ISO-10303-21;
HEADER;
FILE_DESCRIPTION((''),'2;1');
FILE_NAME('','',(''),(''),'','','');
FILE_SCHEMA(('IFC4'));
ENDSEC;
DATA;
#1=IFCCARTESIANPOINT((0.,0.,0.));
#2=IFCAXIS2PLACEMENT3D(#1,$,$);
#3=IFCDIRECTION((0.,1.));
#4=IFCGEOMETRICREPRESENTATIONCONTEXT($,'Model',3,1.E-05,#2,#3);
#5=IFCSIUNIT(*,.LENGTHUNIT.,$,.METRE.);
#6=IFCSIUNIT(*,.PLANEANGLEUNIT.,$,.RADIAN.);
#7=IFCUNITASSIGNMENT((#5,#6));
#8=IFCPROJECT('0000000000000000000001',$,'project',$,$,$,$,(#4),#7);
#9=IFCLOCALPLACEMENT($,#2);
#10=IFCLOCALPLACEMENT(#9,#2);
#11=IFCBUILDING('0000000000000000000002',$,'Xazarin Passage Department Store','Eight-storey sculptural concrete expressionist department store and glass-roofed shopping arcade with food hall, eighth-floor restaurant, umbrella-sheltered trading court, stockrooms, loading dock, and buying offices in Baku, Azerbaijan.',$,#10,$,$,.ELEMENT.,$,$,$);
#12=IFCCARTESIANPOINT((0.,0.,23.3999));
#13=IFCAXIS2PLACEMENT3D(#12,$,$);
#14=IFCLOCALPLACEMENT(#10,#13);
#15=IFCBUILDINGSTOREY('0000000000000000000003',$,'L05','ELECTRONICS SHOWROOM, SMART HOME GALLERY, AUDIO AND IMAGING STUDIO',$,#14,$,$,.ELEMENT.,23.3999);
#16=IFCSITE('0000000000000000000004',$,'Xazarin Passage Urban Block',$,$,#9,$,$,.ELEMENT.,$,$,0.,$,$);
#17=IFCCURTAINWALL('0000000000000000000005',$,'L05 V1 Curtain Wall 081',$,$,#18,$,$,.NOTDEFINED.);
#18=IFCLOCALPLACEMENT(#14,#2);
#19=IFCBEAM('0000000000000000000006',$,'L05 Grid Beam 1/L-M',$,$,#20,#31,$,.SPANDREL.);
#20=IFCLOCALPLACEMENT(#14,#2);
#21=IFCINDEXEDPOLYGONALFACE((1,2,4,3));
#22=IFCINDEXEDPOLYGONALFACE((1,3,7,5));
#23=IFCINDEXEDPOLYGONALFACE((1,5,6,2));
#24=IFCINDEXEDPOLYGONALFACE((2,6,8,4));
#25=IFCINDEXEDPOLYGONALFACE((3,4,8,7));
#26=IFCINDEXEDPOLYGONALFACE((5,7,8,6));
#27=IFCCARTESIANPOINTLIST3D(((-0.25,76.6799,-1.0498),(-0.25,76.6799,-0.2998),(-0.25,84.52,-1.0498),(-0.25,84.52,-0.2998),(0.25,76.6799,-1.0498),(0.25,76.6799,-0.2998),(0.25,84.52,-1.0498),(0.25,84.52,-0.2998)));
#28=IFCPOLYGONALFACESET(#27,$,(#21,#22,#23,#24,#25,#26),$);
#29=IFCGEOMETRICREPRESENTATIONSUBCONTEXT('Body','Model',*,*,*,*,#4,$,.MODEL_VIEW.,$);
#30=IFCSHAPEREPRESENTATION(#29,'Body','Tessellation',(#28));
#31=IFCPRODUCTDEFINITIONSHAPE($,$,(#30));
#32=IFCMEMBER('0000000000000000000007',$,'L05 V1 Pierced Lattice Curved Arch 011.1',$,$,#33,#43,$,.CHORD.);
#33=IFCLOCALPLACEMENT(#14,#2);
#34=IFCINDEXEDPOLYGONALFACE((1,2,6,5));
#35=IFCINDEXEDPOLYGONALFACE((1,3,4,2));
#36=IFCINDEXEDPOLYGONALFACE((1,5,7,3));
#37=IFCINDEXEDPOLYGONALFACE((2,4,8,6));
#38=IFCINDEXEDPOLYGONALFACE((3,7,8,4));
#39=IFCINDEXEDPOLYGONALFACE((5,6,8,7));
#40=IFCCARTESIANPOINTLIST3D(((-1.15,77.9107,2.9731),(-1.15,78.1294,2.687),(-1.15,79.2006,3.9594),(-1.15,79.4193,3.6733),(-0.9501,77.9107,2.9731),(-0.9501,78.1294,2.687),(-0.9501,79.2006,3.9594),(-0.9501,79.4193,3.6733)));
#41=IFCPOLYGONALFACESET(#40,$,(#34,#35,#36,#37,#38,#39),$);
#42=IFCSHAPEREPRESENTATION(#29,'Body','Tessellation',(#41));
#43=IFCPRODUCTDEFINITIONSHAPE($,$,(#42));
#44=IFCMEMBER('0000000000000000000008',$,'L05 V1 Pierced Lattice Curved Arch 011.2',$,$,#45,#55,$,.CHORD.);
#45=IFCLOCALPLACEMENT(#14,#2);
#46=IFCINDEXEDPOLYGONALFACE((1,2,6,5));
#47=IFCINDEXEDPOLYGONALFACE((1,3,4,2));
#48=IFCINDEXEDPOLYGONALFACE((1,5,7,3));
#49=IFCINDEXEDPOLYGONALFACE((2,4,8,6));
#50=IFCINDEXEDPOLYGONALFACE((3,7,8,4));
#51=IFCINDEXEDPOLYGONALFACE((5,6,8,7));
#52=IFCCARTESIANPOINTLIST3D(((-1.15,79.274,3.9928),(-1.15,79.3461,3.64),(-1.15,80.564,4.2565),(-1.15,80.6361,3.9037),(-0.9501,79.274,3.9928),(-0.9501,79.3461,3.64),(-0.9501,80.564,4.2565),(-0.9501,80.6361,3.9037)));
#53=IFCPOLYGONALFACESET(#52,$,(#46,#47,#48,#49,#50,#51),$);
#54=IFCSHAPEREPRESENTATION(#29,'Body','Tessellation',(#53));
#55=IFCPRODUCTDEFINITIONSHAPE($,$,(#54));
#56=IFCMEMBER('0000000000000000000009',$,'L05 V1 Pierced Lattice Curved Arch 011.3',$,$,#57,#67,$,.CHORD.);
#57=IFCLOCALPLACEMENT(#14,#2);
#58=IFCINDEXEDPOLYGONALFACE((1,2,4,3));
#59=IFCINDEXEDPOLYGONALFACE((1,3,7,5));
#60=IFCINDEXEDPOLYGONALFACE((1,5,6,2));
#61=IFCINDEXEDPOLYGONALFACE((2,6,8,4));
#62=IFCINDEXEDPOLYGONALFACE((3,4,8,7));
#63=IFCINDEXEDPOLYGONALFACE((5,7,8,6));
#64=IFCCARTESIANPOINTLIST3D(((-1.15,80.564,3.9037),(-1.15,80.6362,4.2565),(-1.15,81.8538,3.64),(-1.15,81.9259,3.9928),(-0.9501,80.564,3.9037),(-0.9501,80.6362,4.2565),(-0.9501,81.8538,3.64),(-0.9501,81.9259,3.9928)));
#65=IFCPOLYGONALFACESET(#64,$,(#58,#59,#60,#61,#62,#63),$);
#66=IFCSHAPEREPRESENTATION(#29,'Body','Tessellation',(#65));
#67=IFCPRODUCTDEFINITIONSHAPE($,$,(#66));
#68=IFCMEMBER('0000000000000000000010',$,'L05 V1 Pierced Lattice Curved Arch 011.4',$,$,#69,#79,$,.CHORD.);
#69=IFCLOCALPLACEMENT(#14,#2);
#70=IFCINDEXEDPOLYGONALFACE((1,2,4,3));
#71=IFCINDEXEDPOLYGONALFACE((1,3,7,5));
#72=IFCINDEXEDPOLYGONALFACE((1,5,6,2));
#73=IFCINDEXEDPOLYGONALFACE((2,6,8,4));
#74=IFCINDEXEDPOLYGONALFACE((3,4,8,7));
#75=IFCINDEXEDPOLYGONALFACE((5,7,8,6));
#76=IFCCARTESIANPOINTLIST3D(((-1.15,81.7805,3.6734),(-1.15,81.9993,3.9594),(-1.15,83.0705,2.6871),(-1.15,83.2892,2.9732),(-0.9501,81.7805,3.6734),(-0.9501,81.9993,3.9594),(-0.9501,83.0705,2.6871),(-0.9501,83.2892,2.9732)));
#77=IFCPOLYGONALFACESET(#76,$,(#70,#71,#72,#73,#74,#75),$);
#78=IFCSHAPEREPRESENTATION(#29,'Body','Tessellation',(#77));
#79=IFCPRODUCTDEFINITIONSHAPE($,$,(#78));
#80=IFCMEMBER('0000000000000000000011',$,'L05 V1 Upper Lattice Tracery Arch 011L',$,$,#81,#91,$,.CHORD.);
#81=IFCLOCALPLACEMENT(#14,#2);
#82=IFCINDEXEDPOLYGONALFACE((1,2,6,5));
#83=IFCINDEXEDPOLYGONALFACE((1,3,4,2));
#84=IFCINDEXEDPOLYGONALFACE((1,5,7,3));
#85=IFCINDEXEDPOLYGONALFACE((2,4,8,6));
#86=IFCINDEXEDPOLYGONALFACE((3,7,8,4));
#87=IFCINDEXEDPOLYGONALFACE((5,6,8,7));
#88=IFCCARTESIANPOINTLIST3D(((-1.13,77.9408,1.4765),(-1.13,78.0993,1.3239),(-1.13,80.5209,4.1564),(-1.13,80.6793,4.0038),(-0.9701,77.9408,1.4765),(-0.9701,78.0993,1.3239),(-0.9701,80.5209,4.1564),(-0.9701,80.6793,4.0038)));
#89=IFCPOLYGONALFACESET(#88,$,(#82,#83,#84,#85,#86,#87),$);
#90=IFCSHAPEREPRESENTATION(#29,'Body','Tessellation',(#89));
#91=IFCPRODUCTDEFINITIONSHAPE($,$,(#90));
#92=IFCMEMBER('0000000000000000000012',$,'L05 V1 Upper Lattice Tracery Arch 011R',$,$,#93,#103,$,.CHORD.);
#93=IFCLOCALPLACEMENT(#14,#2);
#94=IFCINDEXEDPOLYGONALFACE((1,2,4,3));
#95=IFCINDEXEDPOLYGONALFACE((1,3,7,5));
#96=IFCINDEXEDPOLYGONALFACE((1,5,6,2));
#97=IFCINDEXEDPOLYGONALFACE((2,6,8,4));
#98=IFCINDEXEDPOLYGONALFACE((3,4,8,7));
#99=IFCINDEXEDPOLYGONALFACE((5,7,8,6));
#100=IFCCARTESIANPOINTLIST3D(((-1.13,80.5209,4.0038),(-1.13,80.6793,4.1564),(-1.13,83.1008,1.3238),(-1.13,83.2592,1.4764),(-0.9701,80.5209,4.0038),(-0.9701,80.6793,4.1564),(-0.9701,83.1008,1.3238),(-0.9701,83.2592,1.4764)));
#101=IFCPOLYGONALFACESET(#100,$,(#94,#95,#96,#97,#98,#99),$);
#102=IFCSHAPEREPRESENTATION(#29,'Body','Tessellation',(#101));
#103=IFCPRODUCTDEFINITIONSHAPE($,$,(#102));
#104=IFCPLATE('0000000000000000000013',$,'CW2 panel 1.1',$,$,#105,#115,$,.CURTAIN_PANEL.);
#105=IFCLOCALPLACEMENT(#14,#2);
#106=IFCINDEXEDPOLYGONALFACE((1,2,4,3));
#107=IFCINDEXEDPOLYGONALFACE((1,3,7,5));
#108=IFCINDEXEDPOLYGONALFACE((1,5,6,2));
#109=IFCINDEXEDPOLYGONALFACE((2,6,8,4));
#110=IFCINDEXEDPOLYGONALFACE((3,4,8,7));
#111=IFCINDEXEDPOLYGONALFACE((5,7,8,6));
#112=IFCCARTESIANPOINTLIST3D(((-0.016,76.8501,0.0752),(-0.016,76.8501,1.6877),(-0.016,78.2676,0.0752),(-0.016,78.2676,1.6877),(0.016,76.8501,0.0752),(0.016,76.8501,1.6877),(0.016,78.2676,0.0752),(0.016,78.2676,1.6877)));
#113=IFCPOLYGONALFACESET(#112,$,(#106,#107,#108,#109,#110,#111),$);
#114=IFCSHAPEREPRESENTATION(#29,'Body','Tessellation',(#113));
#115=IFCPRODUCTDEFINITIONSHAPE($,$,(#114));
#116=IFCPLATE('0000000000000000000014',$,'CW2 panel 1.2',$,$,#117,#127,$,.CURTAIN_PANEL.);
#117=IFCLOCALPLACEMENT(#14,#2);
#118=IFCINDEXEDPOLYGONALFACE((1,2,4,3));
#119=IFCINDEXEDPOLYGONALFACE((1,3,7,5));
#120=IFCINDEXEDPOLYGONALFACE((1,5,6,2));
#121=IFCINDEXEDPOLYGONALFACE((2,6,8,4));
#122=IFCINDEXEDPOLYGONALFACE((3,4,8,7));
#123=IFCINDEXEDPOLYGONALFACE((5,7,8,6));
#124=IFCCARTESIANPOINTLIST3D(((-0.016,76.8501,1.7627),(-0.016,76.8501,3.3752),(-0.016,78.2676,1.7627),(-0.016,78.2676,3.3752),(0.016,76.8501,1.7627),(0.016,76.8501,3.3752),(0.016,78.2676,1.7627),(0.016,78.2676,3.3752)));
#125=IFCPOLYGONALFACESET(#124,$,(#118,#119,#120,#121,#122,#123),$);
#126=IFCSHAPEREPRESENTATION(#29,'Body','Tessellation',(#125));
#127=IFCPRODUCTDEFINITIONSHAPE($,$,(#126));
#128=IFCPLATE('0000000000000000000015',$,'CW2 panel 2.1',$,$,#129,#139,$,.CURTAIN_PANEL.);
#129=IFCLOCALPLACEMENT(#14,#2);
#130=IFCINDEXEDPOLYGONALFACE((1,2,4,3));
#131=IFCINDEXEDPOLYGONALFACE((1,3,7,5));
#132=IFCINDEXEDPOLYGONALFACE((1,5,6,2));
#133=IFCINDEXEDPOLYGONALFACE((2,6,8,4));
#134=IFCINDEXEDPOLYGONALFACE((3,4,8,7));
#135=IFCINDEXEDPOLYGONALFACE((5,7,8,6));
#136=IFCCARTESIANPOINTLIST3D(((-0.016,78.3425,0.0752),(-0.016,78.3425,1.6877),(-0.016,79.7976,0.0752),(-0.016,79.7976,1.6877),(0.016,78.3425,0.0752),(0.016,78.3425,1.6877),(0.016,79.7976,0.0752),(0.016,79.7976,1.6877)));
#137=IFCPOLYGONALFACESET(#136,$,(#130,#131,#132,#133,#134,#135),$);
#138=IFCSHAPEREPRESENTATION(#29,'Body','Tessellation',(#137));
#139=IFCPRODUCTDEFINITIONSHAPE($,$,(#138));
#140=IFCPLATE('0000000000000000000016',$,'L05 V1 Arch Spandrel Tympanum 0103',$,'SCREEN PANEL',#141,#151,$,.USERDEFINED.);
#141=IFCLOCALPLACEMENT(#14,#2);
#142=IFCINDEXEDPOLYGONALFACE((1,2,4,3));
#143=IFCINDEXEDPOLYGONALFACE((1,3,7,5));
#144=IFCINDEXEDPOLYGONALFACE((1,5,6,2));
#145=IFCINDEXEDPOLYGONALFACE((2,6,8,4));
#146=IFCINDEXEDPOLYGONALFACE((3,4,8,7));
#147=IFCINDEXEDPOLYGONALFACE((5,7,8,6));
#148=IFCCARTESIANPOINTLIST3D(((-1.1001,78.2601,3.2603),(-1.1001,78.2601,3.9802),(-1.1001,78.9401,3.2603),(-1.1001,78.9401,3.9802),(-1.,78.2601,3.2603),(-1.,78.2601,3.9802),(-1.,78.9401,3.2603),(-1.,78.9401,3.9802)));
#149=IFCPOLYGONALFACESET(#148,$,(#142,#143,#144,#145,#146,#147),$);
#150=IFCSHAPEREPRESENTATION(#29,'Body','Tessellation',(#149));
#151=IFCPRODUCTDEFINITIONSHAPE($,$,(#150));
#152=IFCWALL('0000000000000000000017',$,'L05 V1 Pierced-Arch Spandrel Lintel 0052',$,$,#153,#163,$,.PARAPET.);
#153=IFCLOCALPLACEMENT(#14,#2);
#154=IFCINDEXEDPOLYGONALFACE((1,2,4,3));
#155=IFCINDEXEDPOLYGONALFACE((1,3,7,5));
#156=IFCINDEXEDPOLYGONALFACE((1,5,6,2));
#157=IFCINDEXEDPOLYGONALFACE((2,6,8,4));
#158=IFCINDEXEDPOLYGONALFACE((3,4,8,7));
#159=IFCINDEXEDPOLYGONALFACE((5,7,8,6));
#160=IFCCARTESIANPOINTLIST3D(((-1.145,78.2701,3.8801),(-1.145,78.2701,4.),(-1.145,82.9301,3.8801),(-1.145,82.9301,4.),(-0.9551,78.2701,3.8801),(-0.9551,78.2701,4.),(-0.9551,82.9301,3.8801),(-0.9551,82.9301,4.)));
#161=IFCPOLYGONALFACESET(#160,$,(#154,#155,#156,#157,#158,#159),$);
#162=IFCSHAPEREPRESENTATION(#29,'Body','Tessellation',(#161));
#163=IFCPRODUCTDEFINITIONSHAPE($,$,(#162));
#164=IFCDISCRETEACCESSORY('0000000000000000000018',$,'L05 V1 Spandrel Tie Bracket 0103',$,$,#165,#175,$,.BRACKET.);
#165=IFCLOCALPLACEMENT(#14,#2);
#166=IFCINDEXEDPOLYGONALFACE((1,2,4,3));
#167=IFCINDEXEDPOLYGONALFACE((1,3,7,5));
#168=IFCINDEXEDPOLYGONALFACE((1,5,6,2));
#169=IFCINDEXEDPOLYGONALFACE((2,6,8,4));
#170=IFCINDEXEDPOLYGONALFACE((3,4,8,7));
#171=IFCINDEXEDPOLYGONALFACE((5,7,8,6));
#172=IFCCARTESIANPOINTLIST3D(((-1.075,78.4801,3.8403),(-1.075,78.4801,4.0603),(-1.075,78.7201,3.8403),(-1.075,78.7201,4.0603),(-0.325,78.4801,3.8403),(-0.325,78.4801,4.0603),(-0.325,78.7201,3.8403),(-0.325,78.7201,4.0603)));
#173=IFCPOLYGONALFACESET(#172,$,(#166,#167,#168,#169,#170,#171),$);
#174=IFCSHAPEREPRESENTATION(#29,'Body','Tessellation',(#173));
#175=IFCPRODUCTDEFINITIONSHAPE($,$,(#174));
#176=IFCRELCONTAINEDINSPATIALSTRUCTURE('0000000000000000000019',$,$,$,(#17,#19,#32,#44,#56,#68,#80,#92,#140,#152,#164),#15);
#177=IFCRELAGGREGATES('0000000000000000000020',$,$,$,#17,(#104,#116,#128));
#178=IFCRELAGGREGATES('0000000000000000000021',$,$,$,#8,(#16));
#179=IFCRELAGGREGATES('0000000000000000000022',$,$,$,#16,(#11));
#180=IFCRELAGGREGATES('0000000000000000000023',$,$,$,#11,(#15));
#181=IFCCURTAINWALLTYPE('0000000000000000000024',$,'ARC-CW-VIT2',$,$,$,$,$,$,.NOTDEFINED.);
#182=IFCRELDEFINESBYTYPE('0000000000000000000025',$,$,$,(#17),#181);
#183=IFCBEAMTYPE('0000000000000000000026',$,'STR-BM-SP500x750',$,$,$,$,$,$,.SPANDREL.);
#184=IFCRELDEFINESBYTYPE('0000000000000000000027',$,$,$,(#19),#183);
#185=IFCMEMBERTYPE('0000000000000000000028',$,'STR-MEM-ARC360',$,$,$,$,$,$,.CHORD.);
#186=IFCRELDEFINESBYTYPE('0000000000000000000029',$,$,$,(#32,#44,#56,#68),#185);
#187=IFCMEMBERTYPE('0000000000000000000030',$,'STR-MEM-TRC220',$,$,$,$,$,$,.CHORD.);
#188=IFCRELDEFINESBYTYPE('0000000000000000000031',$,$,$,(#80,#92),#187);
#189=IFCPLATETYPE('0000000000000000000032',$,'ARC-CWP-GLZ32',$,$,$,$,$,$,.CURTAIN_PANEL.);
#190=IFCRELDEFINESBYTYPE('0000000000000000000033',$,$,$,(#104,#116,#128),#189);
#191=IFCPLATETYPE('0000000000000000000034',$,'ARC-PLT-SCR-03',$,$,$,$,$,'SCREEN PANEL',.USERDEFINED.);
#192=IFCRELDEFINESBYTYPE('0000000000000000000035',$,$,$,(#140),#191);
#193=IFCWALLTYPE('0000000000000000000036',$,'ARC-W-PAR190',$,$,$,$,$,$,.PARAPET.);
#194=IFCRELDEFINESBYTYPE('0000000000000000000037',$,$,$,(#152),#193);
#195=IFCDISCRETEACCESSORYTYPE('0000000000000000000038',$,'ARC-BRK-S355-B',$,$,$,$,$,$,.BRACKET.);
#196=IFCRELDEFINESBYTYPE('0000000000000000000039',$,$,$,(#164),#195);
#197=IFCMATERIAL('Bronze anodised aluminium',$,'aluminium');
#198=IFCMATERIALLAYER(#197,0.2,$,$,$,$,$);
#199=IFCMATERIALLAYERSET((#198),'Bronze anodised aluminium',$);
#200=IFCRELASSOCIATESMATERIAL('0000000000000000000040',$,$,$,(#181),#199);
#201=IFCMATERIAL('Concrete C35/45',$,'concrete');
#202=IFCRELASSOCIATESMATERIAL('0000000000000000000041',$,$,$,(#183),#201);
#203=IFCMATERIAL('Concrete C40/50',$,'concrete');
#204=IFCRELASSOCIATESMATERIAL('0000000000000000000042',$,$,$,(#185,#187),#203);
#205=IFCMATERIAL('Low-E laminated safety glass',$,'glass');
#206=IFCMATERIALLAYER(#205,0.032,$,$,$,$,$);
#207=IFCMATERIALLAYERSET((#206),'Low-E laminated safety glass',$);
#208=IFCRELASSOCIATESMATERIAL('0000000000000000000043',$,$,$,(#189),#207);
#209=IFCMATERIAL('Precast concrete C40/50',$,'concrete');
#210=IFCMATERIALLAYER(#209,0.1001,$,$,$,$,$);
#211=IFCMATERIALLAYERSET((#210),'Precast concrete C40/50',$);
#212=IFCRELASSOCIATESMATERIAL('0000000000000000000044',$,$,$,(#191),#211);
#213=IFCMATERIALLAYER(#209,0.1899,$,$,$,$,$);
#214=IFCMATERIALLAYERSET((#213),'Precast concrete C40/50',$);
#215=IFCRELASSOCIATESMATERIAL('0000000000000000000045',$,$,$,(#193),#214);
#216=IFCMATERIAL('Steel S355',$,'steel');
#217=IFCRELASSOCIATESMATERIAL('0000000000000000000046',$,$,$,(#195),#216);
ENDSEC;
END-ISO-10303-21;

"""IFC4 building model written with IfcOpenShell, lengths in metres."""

from ifc_helpers import new_model, si_unit, direction, frame, frame_2d, origin, origin_2d, place, context, subcontext, project, spatial, rectangle, extrude, material, layer, layer_set, material_profile, profile_set, type_object, element, aggregate, save


model = new_model("IFC4")

# Units and contexts
model_context = context("Model", 3, precision=1e-05, world=origin(), true_north=direction((0.0, 1.0)))
body_context = subcontext(model_context, "Body", "Model", "MODEL_VIEW")
ifc_project = project(units=[si_unit("LENGTHUNIT", "METRE"), si_unit("PLANEANGLEUNIT", "RADIAN")], contexts=[model_context])

# Site, building, storey
site_placement = place(None, origin())
site = spatial("IfcSite", under=ifc_project, at=site_placement, Name="Xazarin Passage Urban Block", CompositionType="ELEMENT", RefElevation=0.0)
building_placement = place(site_placement, origin())
building = spatial("IfcBuilding", under=site, at=building_placement, Name="Xazarin Passage Department Store", Description="Eight-storey sculptural concrete expressionist department store and glass-roofed shopping arcade with food hall, eighth-floor restaurant, umbrella-sheltered trading court, stockrooms, loading dock, and buying offices in Baku, Azerbaijan.", CompositionType="ELEMENT")
storey_placement = place(building_placement, frame((0.0, 0.0, 23.3999)))
storey = spatial("IfcBuildingStorey", under=building, at=storey_placement, Name="L05", Description="ELECTRONICS SHOWROOM, SMART HOME GALLERY, AUDIO AND IMAGING STUDIO", CompositionType="ELEMENT", Elevation=23.3999)

# Shared definitions
ifc_material_1 = material(Name="Concrete C40/50", Category="concrete")

# Curtain wall
ifc_material_2 = material(Name="Bronze anodised aluminium", Category="aluminium")
ifc_layer_1 = layer(ifc_material_2, 0.2)
ifc_layer_set_1 = layer_set([ifc_layer_1], Name="Bronze anodised aluminium")
curtain_wall_type = type_object("IfcCurtainWallType", Name="ARC-CW-VIT2", PredefinedType="NOTDEFINED", material=ifc_layer_set_1)
curtain_wall_placement = place(storey_placement, origin())
curtain_wall = element("IfcCurtainWall", 1, at=curtain_wall_placement, inside=storey, type_object=curtain_wall_type, Name="L05 V1 Curtain Wall 081", PredefinedType="NOTDEFINED")

# Beam
ifc_material_3 = material(Name="Concrete C35/45", Category="concrete")
ifc_material_profile_1 = material_profile(ifc_material_3, rectangle(XDim=0.5, YDim=0.75, at=origin_2d()), Name="RC 500x750")
ifc_profile_set_1 = profile_set([ifc_material_profile_1], Name="Concrete C35/45")
beam_type_1 = type_object("IfcBeamType", Name="STR-BM-SP500x750", PredefinedType="SPANDREL", material=ifc_profile_set_1)
beam_1_placement = place(storey_placement, frame((0.0, 76.6799, -0.6748), z_axis=(0.0, 1.0, 0.0), x_axis=(-1.0, 0.0, 0.0)))
element("IfcBeam", 2, at=beam_1_placement, inside=storey, type_object=beam_type_1, Name="L05 Grid Beam 1/L-M", PredefinedType="SPANDREL", context=body_context, shape_type="SweptSolid", body=[
    extrude(rectangle(XDim=0.5, YDim=0.75, at=origin_2d()), origin(), (0.0, 0.0, 1.0), 7.8401),
])

# Members
ifc_material_profile_2 = material_profile(ifc_material_1, rectangle(XDim=0.2, YDim=0.3601, at=origin_2d()), Name="RC 200x360")
ifc_profile_set_2 = profile_set([ifc_material_profile_2], Name="Concrete C40/50")
member_type_1 = type_object("IfcMemberType", Name="STR-MEM-ARC360", PredefinedType="CHORD", material=ifc_profile_set_2)
member_1_placement = place(storey_placement, frame((-1.05, 78.02, 2.8301), z_axis=(0.0, 0.794409, 0.607383), x_axis=(-1.0, 0.0, 0.0)))
element("IfcMember", 3, at=member_1_placement, inside=storey, type_object=member_type_1, Name="L05 V1 Pierced Lattice Curved Arch 011.1", PredefinedType="CHORD", context=body_context, shape_type="SweptSolid", body=[
    extrude(rectangle(XDim=0.2, YDim=0.3601, at=origin_2d()), origin(), (0.0, 0.0, 1.0), 1.6238),
])
member_2_placement = place(storey_placement, frame((-1.05, 79.3101, 3.8164), z_axis=(0.0, 0.979745, 0.200251), x_axis=(-1.0, 0.0, 0.0)))
element("IfcMember", 4, at=member_2_placement, inside=storey, type_object=member_type_1, Name="L05 V1 Pierced Lattice Curved Arch 011.2", PredefinedType="CHORD", context=body_context, shape_type="SweptSolid", body=[
    extrude(rectangle(XDim=0.2, YDim=0.3601, at=origin_2d()), origin(), (0.0, 0.0, 1.0), 1.3167),
])
member_3_placement = place(storey_placement, frame((-1.05, 80.6001, 4.0801), z_axis=(0.0, 0.979737, -0.200287), x_axis=(-1.0, 0.0, 0.0)))
element("IfcMember", 5, at=member_3_placement, inside=storey, type_object=member_type_1, Name="L05 V1 Pierced Lattice Curved Arch 011.3", PredefinedType="CHORD", context=body_context, shape_type="SweptSolid", body=[
    extrude(rectangle(XDim=0.2, YDim=0.3601, at=origin_2d()), origin(), (0.0, 0.0, 1.0), 1.3164),
])
member_4_placement = place(storey_placement, frame((-1.05, 81.8899, 3.8164), z_axis=(0.0, 0.794409, -0.607383), x_axis=(-1.0, 0.0, 0.0)))
element("IfcMember", 6, at=member_4_placement, inside=storey, type_object=member_type_1, Name="L05 V1 Pierced Lattice Curved Arch 011.4", PredefinedType="CHORD", context=body_context, shape_type="SweptSolid", body=[
    extrude(rectangle(XDim=0.2, YDim=0.3601, at=origin_2d()), origin(), (0.0, 0.0, 1.0), 1.6238),
])
ifc_material_profile_3 = material_profile(ifc_material_1, rectangle(XDim=0.1599, YDim=0.22, at=origin_2d()), Name="RC 160x220")
ifc_profile_set_3 = profile_set([ifc_material_profile_3], Name="Concrete C40/50")
member_type_2 = type_object("IfcMemberType", Name="STR-MEM-TRC220", PredefinedType="CHORD", material=ifc_profile_set_3)
for number, where, z_axis, x_axis, name in (
    (7, (-1.05, 80.6001, 4.0801), (0.0, -0.693558, -0.7204), (1.0, 0.0, 0.0), "L05 V1 Upper Lattice Tracery Arch 011L"),
    (8, (-1.05, 80.6001, 4.0801), (0.0, 0.693524, -0.720433), (-1.0, 0.0, 0.0), "L05 V1 Upper Lattice Tracery Arch 011R"),
):
    element("IfcMember", number, at=place(storey_placement, frame(where, z_axis=z_axis, x_axis=x_axis)), inside=storey, type_object=member_type_2, Name=name, PredefinedType="CHORD", context=body_context, shape_type="SweptSolid", body=[
        extrude(rectangle(XDim=0.1599, YDim=0.22, at=origin_2d()), origin(), (0.0, 0.0, 1.0), 3.72),
    ])

# Plates
ifc_material_4 = material(Name="Low-E laminated safety glass", Category="glass")
ifc_layer_2 = layer(ifc_material_4, 0.032)
ifc_layer_set_2 = layer_set([ifc_layer_2], Name="Low-E laminated safety glass")
plate_type_1 = type_object("IfcPlateType", Name="ARC-CWP-GLZ32", PredefinedType="CURTAIN_PANEL", material=ifc_layer_set_2)
plate_1_placement = place(storey_placement, frame((0.0, 77.5588, 0.0752), z_axis=(0.0, 0.0, 1.0), x_axis=(0.0, 1.0, 0.0)))
plate_1 = element("IfcPlate", 9, at=plate_1_placement, type_object=plate_type_1, Name="CW2 panel 1.1", PredefinedType="CURTAIN_PANEL", context=body_context, shape_type="SweptSolid", body=[
    extrude(rectangle(XDim=1.4175, YDim=0.032, at=origin_2d()), origin(), (0.0, 0.0, 1.0), 1.6125),
])
plate_2_placement = place(storey_placement, frame((0.0, 77.5588, 1.7627), z_axis=(0.0, 0.0, 1.0), x_axis=(0.0, 1.0, 0.0)))
plate_2 = element("IfcPlate", 10, at=plate_2_placement, type_object=plate_type_1, Name="CW2 panel 1.2", PredefinedType="CURTAIN_PANEL", context=body_context, shape_type="SweptSolid", body=[
    extrude(rectangle(XDim=1.4175, YDim=0.032, at=origin_2d()), origin(), (0.0, 0.0, 1.0), 1.6125),
])
plate_3_placement = place(storey_placement, frame((0.0, 79.0701, 0.0752), z_axis=(0.0, 0.0, 1.0), x_axis=(0.0, 1.0, 0.0)))
plate_3 = element("IfcPlate", 11, at=plate_3_placement, type_object=plate_type_1, Name="CW2 panel 2.1", PredefinedType="CURTAIN_PANEL", context=body_context, shape_type="SweptSolid", body=[
    extrude(rectangle(XDim=1.4551, YDim=0.032, at=origin_2d()), origin(), (0.0, 0.0, 1.0), 1.6125),
])
aggregate(curtain_wall, [plate_1, plate_2, plate_3])
ifc_material_5 = material(Name="Precast concrete C40/50", Category="concrete")
ifc_layer_3 = layer(ifc_material_5, 0.1001)
ifc_layer_set_3 = layer_set([ifc_layer_3], Name="Precast concrete C40/50")
plate_type_2 = type_object("IfcPlateType", Name="ARC-PLT-SCR-03", ElementType="SCREEN PANEL", PredefinedType="USERDEFINED", material=ifc_layer_set_3)
plate_4_placement = place(storey_placement, frame((-1.05, 78.6001, 3.2603), z_axis=(0.0, 0.0, 1.0), x_axis=(0.0, 1.0, 0.0)))
element("IfcPlate", 12, at=plate_4_placement, inside=storey, type_object=plate_type_2, Name="L05 V1 Arch Spandrel Tympanum 0103", ObjectType="SCREEN PANEL", PredefinedType="USERDEFINED", context=body_context, shape_type="SweptSolid", body=[
    extrude(rectangle(XDim=0.6799, YDim=0.1001, at=origin_2d()), origin(), (0.0, 0.0, 1.0), 0.72),
])

# Wall
ifc_layer_4 = layer(ifc_material_5, 0.1899)
ifc_layer_set_4 = layer_set([ifc_layer_4], Name="Precast concrete C40/50")
wall_type = type_object("IfcWallType", Name="ARC-W-PAR190", PredefinedType="PARAPET", material=ifc_layer_set_4)
wall_placement = place(storey_placement, frame((-1.05, 78.27, 3.8801), z_axis=(0.0, 0.0, 1.0), x_axis=(0.0, 1.0, 0.0)))
element("IfcWall", 13, at=wall_placement, inside=storey, type_object=wall_type, Name="L05 V1 Pierced-Arch Spandrel Lintel 0052", PredefinedType="PARAPET", context=body_context, shape_type="SweptSolid", body=[
    extrude(rectangle(XDim=4.6599, YDim=0.1899, at=frame_2d((2.3301, 0.0))), origin(), (0.0, 0.0, 1.0), 0.1199),
])

# Discrete accessory
ifc_material_6 = material(Name="Steel S355", Category="steel")
discrete_accessory_type = type_object("IfcDiscreteAccessoryType", Name="ARC-BRK-S355-B", PredefinedType="BRACKET", material=ifc_material_6)
discrete_accessory_placement = place(storey_placement, frame((-0.7, 78.6001, 3.8403), z_axis=(0.0, 0.0, 1.0), x_axis=(0.0, 1.0, 0.0)))
element("IfcDiscreteAccessory", 14, at=discrete_accessory_placement, inside=storey, type_object=discrete_accessory_type, Name="L05 V1 Spandrel Tie Bracket 0103", PredefinedType="BRACKET", context=body_context, shape_type="SweptSolid", body=[
    extrude(rectangle(XDim=0.24, YDim=0.75, at=origin_2d()), origin(), (0.0, 0.0, 1.0), 0.22),
])

save(model, "model.ifc")
